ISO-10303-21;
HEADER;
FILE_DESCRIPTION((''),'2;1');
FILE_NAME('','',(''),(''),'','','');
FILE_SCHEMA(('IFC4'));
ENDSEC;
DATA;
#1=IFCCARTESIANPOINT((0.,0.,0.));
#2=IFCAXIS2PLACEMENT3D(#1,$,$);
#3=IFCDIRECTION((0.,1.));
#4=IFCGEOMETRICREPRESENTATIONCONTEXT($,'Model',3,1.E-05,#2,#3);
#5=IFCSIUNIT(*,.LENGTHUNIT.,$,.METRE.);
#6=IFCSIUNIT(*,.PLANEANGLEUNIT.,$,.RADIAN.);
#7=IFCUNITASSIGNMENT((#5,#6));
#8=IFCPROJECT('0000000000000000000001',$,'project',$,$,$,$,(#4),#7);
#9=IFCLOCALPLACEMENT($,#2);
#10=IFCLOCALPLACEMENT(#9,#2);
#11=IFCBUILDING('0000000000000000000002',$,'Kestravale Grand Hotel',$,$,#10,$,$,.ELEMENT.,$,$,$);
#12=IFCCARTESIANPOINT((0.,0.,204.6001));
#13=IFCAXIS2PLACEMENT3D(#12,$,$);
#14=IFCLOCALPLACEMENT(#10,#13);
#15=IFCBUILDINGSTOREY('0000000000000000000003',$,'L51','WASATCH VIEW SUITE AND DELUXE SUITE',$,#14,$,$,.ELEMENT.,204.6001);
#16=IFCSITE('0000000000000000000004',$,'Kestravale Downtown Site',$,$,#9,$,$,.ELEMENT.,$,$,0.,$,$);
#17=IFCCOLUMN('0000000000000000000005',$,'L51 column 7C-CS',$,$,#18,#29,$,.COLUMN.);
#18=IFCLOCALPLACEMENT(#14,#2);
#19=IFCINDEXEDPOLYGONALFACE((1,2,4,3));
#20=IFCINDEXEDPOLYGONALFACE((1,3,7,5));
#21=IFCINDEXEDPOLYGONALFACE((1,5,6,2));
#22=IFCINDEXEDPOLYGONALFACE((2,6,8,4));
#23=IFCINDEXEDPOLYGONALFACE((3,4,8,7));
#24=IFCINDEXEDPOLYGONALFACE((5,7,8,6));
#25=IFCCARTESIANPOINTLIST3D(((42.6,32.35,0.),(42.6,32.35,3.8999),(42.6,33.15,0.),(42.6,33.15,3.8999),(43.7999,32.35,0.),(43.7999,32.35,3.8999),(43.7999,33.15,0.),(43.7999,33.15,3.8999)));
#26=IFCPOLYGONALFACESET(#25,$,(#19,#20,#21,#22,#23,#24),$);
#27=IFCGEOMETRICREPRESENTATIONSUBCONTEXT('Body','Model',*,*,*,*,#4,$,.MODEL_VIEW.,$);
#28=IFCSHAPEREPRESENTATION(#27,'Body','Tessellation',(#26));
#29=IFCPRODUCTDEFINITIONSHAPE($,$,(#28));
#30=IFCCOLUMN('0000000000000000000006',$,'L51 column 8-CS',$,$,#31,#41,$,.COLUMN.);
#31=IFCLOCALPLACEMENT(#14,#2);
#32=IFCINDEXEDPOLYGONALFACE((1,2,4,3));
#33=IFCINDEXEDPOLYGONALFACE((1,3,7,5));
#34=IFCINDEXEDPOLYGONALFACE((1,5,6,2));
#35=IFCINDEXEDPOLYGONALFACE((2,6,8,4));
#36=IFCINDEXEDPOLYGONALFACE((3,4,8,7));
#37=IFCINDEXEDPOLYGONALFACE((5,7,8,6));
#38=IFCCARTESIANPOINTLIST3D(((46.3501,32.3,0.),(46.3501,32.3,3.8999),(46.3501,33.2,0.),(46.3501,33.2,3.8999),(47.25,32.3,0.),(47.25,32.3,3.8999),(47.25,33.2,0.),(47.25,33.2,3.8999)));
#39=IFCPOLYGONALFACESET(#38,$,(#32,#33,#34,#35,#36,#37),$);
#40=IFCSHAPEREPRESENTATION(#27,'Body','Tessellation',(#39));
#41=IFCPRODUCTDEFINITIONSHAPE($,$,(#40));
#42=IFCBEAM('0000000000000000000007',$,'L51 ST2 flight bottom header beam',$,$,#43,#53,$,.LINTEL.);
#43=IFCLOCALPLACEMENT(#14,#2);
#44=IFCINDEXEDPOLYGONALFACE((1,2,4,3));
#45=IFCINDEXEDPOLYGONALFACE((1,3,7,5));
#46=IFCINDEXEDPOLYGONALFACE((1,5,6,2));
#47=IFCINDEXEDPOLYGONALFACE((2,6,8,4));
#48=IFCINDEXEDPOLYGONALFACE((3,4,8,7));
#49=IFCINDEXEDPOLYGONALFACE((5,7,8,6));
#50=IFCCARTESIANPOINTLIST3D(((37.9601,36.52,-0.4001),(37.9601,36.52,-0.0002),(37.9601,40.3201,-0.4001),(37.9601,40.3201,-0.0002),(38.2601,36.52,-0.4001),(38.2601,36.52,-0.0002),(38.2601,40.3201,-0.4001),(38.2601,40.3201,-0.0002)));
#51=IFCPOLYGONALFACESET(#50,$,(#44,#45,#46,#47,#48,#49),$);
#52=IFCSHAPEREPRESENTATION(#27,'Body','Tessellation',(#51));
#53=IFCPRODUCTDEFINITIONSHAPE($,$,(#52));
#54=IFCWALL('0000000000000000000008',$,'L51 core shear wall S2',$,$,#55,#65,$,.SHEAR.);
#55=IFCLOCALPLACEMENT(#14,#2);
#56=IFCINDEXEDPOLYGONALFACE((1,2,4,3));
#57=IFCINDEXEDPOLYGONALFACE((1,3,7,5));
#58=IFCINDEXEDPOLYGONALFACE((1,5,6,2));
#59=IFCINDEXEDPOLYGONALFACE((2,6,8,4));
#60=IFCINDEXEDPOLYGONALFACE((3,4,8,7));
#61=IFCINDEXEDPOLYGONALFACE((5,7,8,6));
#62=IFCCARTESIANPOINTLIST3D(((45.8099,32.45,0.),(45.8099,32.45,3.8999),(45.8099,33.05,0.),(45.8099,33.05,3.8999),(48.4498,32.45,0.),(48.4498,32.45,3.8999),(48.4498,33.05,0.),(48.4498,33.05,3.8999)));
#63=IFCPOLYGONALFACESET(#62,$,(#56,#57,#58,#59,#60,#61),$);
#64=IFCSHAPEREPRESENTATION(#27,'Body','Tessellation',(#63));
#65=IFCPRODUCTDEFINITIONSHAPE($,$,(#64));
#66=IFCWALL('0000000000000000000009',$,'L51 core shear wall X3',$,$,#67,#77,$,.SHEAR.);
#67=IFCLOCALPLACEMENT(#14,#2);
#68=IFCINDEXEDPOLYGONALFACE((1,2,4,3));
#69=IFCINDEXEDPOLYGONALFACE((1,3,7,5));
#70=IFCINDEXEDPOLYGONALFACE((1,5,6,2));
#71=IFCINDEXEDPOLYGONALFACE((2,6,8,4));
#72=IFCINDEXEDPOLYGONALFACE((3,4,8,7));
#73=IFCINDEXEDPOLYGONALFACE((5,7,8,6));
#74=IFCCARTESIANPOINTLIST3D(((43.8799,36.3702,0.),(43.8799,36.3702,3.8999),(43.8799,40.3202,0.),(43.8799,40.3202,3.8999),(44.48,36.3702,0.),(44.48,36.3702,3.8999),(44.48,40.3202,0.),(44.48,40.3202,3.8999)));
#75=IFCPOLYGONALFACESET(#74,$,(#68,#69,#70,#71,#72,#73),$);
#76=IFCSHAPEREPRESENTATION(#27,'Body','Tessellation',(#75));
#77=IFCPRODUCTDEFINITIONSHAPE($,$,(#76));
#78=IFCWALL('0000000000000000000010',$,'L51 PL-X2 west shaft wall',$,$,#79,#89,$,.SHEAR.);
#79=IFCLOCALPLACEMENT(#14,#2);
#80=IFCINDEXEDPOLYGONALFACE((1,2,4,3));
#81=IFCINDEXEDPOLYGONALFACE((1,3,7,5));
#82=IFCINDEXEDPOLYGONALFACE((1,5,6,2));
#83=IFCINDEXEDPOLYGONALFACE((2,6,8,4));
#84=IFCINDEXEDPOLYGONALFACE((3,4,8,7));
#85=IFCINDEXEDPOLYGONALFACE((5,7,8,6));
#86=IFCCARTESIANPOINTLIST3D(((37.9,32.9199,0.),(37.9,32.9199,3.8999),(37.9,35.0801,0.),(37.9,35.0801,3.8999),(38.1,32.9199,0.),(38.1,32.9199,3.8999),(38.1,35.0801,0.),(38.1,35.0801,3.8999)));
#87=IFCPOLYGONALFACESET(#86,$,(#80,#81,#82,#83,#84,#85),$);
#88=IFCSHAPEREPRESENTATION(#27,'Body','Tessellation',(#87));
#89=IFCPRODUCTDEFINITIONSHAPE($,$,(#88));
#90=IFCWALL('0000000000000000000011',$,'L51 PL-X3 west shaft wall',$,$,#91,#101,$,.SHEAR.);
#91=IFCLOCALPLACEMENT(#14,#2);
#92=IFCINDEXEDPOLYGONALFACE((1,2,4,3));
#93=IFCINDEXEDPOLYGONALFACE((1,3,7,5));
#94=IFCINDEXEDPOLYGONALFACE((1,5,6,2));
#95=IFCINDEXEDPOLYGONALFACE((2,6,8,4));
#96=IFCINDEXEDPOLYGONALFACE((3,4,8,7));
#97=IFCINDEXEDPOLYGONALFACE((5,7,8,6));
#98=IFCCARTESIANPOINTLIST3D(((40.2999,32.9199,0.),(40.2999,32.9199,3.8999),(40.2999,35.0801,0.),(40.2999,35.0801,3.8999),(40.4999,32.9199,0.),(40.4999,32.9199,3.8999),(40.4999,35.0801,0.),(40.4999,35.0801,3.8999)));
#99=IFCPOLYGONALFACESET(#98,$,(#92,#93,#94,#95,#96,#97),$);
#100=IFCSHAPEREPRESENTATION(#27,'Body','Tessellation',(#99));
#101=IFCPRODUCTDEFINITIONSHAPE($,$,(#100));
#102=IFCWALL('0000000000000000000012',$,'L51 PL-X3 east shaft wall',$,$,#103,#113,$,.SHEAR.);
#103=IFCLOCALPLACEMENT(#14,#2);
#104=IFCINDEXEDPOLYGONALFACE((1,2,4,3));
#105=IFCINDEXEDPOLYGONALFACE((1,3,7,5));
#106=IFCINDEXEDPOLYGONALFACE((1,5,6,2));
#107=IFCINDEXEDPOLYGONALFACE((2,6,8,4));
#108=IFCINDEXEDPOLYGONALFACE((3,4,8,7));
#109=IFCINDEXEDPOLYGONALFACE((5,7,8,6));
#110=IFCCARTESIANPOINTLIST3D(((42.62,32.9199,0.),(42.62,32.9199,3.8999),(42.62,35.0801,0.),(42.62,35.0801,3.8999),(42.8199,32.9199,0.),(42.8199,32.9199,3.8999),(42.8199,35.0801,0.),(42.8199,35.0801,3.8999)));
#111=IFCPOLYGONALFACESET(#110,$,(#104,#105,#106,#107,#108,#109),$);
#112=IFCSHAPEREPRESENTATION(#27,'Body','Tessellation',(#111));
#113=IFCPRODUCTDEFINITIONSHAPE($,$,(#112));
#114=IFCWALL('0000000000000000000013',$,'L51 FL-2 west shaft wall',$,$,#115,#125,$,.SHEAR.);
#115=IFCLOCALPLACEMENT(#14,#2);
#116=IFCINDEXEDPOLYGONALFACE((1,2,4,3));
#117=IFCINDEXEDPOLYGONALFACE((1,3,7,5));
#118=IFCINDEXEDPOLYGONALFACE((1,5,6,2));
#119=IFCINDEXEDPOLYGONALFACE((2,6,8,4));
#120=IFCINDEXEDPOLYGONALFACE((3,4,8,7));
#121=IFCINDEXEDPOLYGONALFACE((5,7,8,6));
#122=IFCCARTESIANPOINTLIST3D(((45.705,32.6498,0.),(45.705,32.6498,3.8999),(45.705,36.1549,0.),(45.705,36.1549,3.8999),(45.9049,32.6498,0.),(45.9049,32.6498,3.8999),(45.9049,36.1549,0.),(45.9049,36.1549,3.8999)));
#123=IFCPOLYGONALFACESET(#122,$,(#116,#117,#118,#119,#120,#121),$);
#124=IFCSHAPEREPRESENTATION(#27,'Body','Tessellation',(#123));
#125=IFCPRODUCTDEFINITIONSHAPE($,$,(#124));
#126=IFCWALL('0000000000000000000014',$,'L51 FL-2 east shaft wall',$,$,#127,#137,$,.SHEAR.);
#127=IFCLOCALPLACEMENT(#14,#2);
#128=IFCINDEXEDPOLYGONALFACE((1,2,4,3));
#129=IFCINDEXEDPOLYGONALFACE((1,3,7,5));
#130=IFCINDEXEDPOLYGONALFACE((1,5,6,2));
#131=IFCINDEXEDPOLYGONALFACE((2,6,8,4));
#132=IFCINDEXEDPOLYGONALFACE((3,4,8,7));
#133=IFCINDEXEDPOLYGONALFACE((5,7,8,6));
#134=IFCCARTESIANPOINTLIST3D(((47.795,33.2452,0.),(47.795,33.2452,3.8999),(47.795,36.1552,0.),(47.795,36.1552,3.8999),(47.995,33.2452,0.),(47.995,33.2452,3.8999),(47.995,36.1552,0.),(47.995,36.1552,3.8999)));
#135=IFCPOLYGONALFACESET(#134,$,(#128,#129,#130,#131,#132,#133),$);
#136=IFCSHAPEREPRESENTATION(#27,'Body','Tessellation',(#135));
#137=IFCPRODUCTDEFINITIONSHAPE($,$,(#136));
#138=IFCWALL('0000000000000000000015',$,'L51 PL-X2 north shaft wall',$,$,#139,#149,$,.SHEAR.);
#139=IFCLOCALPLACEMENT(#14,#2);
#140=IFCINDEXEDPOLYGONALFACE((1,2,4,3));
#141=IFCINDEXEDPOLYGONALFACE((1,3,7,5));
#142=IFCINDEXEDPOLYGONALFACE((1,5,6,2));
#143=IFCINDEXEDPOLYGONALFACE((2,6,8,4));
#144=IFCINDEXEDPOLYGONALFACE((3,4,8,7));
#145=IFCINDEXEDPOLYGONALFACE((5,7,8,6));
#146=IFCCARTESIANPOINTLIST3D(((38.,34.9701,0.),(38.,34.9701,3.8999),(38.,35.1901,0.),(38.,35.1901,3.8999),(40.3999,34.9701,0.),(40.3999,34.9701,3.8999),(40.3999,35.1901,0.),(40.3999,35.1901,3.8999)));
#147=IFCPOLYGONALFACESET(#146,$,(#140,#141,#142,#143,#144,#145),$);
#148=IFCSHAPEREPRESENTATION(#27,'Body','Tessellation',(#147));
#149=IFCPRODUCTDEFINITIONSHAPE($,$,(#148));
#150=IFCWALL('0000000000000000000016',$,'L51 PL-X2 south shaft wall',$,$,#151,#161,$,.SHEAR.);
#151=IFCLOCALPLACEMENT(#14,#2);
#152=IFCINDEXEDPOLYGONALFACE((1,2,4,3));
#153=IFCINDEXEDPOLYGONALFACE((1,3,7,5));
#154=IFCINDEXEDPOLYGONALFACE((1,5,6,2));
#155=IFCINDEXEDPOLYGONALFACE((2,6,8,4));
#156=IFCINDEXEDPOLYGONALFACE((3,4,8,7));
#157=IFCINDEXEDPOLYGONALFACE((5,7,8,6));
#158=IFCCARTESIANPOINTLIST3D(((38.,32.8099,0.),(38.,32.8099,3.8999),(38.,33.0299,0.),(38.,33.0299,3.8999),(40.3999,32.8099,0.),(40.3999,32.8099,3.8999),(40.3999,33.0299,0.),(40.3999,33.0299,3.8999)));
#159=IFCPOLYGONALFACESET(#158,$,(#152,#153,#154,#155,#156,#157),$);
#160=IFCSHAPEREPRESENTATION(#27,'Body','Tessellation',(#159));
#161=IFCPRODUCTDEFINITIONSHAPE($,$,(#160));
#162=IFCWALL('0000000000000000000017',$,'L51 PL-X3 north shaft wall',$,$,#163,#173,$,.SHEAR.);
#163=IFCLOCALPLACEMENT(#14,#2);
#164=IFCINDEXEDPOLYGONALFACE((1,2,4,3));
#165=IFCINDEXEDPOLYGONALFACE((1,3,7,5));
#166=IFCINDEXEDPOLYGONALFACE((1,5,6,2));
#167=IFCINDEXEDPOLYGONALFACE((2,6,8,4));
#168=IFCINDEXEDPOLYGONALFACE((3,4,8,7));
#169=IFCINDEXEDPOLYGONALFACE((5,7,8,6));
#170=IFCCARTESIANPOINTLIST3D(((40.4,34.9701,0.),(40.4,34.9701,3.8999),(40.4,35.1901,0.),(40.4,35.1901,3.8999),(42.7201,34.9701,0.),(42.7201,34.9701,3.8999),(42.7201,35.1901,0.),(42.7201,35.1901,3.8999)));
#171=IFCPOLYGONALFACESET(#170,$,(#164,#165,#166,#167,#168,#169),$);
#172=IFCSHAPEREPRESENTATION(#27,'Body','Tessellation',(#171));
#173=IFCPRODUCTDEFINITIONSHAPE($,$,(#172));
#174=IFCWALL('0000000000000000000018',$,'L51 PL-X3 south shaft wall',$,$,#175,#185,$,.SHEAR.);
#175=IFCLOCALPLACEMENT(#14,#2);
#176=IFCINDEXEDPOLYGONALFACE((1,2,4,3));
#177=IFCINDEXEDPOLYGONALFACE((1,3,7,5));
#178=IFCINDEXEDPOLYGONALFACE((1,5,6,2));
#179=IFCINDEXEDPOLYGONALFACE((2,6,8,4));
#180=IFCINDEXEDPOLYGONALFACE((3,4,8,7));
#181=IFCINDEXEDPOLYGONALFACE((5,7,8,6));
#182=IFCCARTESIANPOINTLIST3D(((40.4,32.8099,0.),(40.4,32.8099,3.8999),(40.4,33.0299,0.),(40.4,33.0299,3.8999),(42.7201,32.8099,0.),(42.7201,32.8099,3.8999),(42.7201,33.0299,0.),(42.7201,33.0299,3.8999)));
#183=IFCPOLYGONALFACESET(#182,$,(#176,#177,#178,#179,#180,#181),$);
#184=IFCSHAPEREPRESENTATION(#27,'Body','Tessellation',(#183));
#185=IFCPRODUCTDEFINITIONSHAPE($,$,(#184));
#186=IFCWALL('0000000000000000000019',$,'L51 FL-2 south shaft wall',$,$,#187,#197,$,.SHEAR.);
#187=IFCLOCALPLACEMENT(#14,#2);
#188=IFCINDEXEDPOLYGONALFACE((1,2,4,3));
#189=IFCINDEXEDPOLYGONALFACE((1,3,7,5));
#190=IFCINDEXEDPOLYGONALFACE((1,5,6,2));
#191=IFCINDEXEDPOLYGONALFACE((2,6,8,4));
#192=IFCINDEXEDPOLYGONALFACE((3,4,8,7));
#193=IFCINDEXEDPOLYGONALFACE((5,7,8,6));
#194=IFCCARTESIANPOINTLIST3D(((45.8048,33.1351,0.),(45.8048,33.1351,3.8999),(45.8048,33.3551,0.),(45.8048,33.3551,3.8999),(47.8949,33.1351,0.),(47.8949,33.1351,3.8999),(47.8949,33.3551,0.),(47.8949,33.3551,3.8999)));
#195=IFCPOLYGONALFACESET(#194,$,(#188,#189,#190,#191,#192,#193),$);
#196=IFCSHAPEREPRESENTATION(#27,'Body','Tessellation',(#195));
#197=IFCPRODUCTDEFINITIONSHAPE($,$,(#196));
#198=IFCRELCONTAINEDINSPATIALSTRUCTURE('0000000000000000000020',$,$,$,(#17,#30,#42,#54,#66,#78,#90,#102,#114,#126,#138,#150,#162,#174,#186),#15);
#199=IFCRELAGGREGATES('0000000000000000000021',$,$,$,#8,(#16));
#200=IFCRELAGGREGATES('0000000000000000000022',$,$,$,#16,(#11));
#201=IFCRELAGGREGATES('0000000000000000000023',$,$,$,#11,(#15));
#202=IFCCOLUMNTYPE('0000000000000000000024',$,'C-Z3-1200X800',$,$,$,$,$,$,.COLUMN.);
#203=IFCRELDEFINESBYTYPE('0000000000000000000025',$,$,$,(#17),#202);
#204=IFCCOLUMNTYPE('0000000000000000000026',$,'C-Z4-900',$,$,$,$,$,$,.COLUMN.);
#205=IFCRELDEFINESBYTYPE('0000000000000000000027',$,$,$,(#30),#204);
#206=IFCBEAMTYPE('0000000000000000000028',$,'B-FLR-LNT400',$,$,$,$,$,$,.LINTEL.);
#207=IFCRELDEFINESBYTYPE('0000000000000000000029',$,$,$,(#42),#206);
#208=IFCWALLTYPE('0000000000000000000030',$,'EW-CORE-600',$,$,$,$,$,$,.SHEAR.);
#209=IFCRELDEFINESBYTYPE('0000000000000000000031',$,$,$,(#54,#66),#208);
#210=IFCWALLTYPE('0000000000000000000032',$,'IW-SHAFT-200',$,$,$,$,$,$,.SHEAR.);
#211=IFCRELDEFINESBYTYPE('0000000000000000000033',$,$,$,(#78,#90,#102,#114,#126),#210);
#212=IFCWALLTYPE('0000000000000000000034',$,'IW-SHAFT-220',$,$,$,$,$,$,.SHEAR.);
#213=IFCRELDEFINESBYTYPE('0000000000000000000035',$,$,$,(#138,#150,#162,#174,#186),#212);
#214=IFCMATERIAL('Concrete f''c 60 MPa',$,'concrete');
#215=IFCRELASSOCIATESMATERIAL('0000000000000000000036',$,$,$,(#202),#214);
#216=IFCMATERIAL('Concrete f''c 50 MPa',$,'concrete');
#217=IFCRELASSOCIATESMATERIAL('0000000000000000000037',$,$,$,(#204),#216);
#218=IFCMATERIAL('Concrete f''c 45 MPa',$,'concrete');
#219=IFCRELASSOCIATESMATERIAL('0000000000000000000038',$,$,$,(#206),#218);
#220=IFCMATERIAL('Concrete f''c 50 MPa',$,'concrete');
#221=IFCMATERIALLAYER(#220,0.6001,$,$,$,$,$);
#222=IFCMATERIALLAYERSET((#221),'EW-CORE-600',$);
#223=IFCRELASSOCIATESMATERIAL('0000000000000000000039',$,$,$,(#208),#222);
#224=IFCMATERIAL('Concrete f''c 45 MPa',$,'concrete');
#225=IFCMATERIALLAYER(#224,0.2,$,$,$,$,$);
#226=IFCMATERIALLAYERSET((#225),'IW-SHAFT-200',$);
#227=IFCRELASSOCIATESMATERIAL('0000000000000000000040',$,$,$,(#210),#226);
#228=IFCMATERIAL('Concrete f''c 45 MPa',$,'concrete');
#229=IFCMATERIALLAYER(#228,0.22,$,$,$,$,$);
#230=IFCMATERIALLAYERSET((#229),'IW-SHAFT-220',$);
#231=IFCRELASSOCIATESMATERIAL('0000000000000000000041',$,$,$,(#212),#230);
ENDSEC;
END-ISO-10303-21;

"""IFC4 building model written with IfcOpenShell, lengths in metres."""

from ifc_helpers import new_model, si_unit, direction, frame, frame_2d, origin, origin_2d, place, context, subcontext, project, spatial, rectangle, extrude, material, layer, layer_set, material_profile, profile_set, type_object, element, save


model = new_model("IFC4")

# Units and contexts
model_context = context("Model", 3, precision=1e-05, world=origin(), true_north=direction((0.0, 1.0)))
body_context = subcontext(model_context, "Body", "Model", "MODEL_VIEW")
ifc_project = project(units=[si_unit("LENGTHUNIT", "METRE"), si_unit("PLANEANGLEUNIT", "RADIAN")], contexts=[model_context])

# Site, building, storey
site_placement = place(None, origin())
site = spatial("IfcSite", under=ifc_project, at=site_placement, Name="Kestravale Downtown Site", CompositionType="ELEMENT", RefElevation=0.0)
building_placement = place(site_placement, origin())
building = spatial("IfcBuilding", under=site, at=building_placement, Name="Kestravale Grand Hotel", CompositionType="ELEMENT")
storey_placement = place(building_placement, frame((0.0, 0.0, 204.6001)))
storey = spatial("IfcBuildingStorey", under=building, at=storey_placement, Name="L51", Description="WASATCH VIEW SUITE AND DELUXE SUITE", CompositionType="ELEMENT", Elevation=204.6001)

# Columns
ifc_material_1 = material(Name="Concrete f'c 60 MPa", Category="concrete")
ifc_material_profile_1 = material_profile(ifc_material_1, rectangle(XDim=1.2, YDim=0.8, at=origin_2d()))
ifc_profile_set_1 = profile_set([ifc_material_profile_1], Name="Concrete f'c 60 MPa")
column_type_1 = type_object("IfcColumnType", Name="C-Z3-1200X800", PredefinedType="COLUMN", material=ifc_profile_set_1)
column_1_placement = place(storey_placement, frame((43.2, 32.75, 0.0), z_axis=(0.0, 0.0, 1.0), x_axis=(1.0, 0.0, 0.0)))
element("IfcColumn", 1, at=column_1_placement, inside=storey, type_object=column_type_1, Name="L51 column 7C-CS", PredefinedType="COLUMN", context=body_context, shape_type="SweptSolid", body=[
    extrude(rectangle(XDim=1.2, YDim=0.8, at=origin_2d()), origin(), (0.0, 0.0, 1.0), 3.8999),
])
ifc_material_2 = material(Name="Concrete f'c 50 MPa", Category="concrete")
ifc_material_profile_2 = material_profile(ifc_material_2, rectangle(XDim=0.8999, YDim=0.8999, at=origin_2d()))
ifc_profile_set_2 = profile_set([ifc_material_profile_2], Name="Concrete f'c 50 MPa")
column_type_2 = type_object("IfcColumnType", Name="C-Z4-900", PredefinedType="COLUMN", material=ifc_profile_set_2)
column_2_placement = place(storey_placement, frame((46.8, 32.75, 0.0), z_axis=(0.0, 0.0, 1.0), x_axis=(1.0, 0.0, 0.0)))
element("IfcColumn", 2, at=column_2_placement, inside=storey, type_object=column_type_2, Name="L51 column 8-CS", PredefinedType="COLUMN", context=body_context, shape_type="SweptSolid", body=[
    extrude(rectangle(XDim=0.8999, YDim=0.8999, at=origin_2d()), origin(), (0.0, 0.0, 1.0), 3.8999),
])

# Beam
ifc_material_3 = material(Name="Concrete f'c 45 MPa", Category="concrete")
ifc_material_profile_3 = material_profile(ifc_material_3, rectangle(XDim=0.3, YDim=0.3999, at=origin_2d()))
ifc_profile_set_3 = profile_set([ifc_material_profile_3], Name="Concrete f'c 45 MPa")
beam_type = type_object("IfcBeamType", Name="B-FLR-LNT400", PredefinedType="LINTEL", material=ifc_profile_set_3)
beam_placement = place(storey_placement, frame((38.1101, 36.52, -0.2002), z_axis=(0.0, 1.0, 0.0), x_axis=(-1.0, 0.0, 0.0)))
element("IfcBeam", 3, at=beam_placement, inside=storey, type_object=beam_type, Name="L51 ST2 flight bottom header beam", PredefinedType="LINTEL", context=body_context, shape_type="SweptSolid", body=[
    extrude(rectangle(XDim=0.3, YDim=0.3999, at=origin_2d()), origin(), (0.0, 0.0, 1.0), 3.8),
])

# Walls
ifc_material_4 = material(Name="Concrete f'c 50 MPa", Category="concrete")
ifc_layer_1 = layer(ifc_material_4, 0.6001)
ifc_layer_set_1 = layer_set([ifc_layer_1], Name="EW-CORE-600")
wall_type_1 = type_object("IfcWallType", Name="EW-CORE-600", PredefinedType="SHEAR", material=ifc_layer_set_1)
wall_1_placement = place(storey_placement, frame((45.8101, 32.75, 0.0), z_axis=(0.0, 0.0, 1.0), x_axis=(1.0, 0.0, 0.0)))
element("IfcWall", 4, at=wall_1_placement, inside=storey, type_object=wall_type_1, Name="L51 core shear wall S2", PredefinedType="SHEAR", context=body_context, shape_type="SweptSolid", body=[
    extrude(rectangle(XDim=2.6399, YDim=0.6001, at=frame_2d((1.3198, 0.0))), origin(), (0.0, 0.0, 1.0), 3.8999),
])
wall_2_placement = place(storey_placement, frame((44.1799, 36.3701, 0.0), z_axis=(0.0, 0.0, 1.0), x_axis=(0.0, 1.0, 0.0)))
element("IfcWall", 5, at=wall_2_placement, inside=storey, type_object=wall_type_1, Name="L51 core shear wall X3", PredefinedType="SHEAR", context=body_context, shape_type="SweptSolid", body=[
    extrude(rectangle(XDim=3.95, YDim=0.6001, at=frame_2d((1.9751, 0.0))), origin(), (0.0, 0.0, 1.0), 3.8999),
])

# Walls
ifc_material_5 = material(Name="Concrete f'c 45 MPa", Category="concrete")
ifc_layer_2 = layer(ifc_material_5, 0.2)
ifc_layer_set_2 = layer_set([ifc_layer_2], Name="IW-SHAFT-200")
wall_type_2 = type_object("IfcWallType", Name="IW-SHAFT-200", PredefinedType="SHEAR", material=ifc_layer_set_2)
for number, where, z_axis, x_axis, name in (
    (6, (38.0, 32.9199, 0.0), (0.0, 0.0, 1.0), (0.0, 1.0, 0.0), "L51 PL-X2 west shaft wall"),
    (7, (40.3999, 32.9199, 0.0), (0.0, 0.0, 1.0), (0.0, 1.0, 0.0), "L51 PL-X3 west shaft wall"),
    (8, (42.72, 32.9199, 0.0), (0.0, 0.0, 1.0), (0.0, 1.0, 0.0), "L51 PL-X3 east shaft wall"),
):
    element("IfcWall", number, at=place(storey_placement, frame(where, z_axis=z_axis, x_axis=x_axis)), inside=storey, type_object=wall_type_2, Name=name, PredefinedType="SHEAR", context=body_context, shape_type="SweptSolid", body=[
        extrude(rectangle(XDim=2.1602, YDim=0.2, at=frame_2d((1.0801, 0.0))), origin(), (0.0, 0.0, 1.0), 3.8999),
    ])
wall_3_placement = place(storey_placement, frame((45.8049, 32.6499, 0.0), z_axis=(0.0, 0.0, 1.0), x_axis=(0.0, 1.0, 0.0)))
element("IfcWall", 9, at=wall_3_placement, inside=storey, type_object=wall_type_2, Name="L51 FL-2 west shaft wall", PredefinedType="SHEAR", context=body_context, shape_type="SweptSolid", body=[
    extrude(rectangle(XDim=3.5051, YDim=0.2, at=frame_2d((1.7524, 0.0))), origin(), (0.0, 0.0, 1.0), 3.8999),
])
wall_4_placement = place(storey_placement, frame((47.895, 33.2451, 0.0), z_axis=(0.0, 0.0, 1.0), x_axis=(0.0, 1.0, 0.0)))
element("IfcWall", 10, at=wall_4_placement, inside=storey, type_object=wall_type_2, Name="L51 FL-2 east shaft wall", PredefinedType="SHEAR", context=body_context, shape_type="SweptSolid", body=[
    extrude(rectangle(XDim=2.9099, YDim=0.2, at=frame_2d((1.4551, 0.0))), origin(), (0.0, 0.0, 1.0), 3.8999),
])

# Shared definitions
ifc_material_6 = material(Name="Concrete f'c 45 MPa", Category="concrete")
ifc_layer_3 = layer(ifc_material_6, 0.22)
ifc_layer_set_3 = layer_set([ifc_layer_3], Name="IW-SHAFT-220")
wall_type_3 = type_object("IfcWallType", Name="IW-SHAFT-220", PredefinedType="SHEAR", material=ifc_layer_set_3)

# Walls
for number, where, z_axis, x_axis, name in (
    (11, (38.0, 35.0801, 0.0), (0.0, 0.0, 1.0), (1.0, 0.0, 0.0), "L51 PL-X2 north shaft wall"),
    (12, (38.0, 32.9199, 0.0), (0.0, 0.0, 1.0), (1.0, 0.0, 0.0), "L51 PL-X2 south shaft wall"),
):
    element("IfcWall", number, at=place(storey_placement, frame(where, z_axis=z_axis, x_axis=x_axis)), inside=storey, type_object=wall_type_3, Name=name, PredefinedType="SHEAR", context=body_context, shape_type="SweptSolid", body=[
        extrude(rectangle(XDim=2.3999, YDim=0.22, at=frame_2d((1.2, 0.0))), origin(), (0.0, 0.0, 1.0), 3.8999),
    ])
for number, where, z_axis, x_axis, name in (
    (13, (40.3999, 35.0801, 0.0), (0.0, 0.0, 1.0), (1.0, 0.0, 0.0), "L51 PL-X3 north shaft wall"),
    (14, (40.3999, 32.9199, 0.0), (0.0, 0.0, 1.0), (1.0, 0.0, 0.0), "L51 PL-X3 south shaft wall"),
):
    element("IfcWall", number, at=place(storey_placement, frame(where, z_axis=z_axis, x_axis=x_axis)), inside=storey, type_object=wall_type_3, Name=name, PredefinedType="SHEAR", context=body_context, shape_type="SweptSolid", body=[
        extrude(rectangle(XDim=2.3201, YDim=0.22, at=frame_2d((1.1602, 0.0))), origin(), (0.0, 0.0, 1.0), 3.8999),
    ])

# Wall
wall_5_placement = place(storey_placement, frame((45.8049, 33.2451, 0.0), z_axis=(0.0, 0.0, 1.0), x_axis=(1.0, 0.0, 0.0)))
element("IfcWall", 15, at=wall_5_placement, inside=storey, type_object=wall_type_3, Name="L51 FL-2 south shaft wall", PredefinedType="SHEAR", context=body_context, shape_type="SweptSolid", body=[
    extrude(rectangle(XDim=2.0901, YDim=0.22, at=frame_2d((1.0449, 0.0))), origin(), (0.0, 0.0, 1.0), 3.8999),
])

save(model, "model.ifc")
